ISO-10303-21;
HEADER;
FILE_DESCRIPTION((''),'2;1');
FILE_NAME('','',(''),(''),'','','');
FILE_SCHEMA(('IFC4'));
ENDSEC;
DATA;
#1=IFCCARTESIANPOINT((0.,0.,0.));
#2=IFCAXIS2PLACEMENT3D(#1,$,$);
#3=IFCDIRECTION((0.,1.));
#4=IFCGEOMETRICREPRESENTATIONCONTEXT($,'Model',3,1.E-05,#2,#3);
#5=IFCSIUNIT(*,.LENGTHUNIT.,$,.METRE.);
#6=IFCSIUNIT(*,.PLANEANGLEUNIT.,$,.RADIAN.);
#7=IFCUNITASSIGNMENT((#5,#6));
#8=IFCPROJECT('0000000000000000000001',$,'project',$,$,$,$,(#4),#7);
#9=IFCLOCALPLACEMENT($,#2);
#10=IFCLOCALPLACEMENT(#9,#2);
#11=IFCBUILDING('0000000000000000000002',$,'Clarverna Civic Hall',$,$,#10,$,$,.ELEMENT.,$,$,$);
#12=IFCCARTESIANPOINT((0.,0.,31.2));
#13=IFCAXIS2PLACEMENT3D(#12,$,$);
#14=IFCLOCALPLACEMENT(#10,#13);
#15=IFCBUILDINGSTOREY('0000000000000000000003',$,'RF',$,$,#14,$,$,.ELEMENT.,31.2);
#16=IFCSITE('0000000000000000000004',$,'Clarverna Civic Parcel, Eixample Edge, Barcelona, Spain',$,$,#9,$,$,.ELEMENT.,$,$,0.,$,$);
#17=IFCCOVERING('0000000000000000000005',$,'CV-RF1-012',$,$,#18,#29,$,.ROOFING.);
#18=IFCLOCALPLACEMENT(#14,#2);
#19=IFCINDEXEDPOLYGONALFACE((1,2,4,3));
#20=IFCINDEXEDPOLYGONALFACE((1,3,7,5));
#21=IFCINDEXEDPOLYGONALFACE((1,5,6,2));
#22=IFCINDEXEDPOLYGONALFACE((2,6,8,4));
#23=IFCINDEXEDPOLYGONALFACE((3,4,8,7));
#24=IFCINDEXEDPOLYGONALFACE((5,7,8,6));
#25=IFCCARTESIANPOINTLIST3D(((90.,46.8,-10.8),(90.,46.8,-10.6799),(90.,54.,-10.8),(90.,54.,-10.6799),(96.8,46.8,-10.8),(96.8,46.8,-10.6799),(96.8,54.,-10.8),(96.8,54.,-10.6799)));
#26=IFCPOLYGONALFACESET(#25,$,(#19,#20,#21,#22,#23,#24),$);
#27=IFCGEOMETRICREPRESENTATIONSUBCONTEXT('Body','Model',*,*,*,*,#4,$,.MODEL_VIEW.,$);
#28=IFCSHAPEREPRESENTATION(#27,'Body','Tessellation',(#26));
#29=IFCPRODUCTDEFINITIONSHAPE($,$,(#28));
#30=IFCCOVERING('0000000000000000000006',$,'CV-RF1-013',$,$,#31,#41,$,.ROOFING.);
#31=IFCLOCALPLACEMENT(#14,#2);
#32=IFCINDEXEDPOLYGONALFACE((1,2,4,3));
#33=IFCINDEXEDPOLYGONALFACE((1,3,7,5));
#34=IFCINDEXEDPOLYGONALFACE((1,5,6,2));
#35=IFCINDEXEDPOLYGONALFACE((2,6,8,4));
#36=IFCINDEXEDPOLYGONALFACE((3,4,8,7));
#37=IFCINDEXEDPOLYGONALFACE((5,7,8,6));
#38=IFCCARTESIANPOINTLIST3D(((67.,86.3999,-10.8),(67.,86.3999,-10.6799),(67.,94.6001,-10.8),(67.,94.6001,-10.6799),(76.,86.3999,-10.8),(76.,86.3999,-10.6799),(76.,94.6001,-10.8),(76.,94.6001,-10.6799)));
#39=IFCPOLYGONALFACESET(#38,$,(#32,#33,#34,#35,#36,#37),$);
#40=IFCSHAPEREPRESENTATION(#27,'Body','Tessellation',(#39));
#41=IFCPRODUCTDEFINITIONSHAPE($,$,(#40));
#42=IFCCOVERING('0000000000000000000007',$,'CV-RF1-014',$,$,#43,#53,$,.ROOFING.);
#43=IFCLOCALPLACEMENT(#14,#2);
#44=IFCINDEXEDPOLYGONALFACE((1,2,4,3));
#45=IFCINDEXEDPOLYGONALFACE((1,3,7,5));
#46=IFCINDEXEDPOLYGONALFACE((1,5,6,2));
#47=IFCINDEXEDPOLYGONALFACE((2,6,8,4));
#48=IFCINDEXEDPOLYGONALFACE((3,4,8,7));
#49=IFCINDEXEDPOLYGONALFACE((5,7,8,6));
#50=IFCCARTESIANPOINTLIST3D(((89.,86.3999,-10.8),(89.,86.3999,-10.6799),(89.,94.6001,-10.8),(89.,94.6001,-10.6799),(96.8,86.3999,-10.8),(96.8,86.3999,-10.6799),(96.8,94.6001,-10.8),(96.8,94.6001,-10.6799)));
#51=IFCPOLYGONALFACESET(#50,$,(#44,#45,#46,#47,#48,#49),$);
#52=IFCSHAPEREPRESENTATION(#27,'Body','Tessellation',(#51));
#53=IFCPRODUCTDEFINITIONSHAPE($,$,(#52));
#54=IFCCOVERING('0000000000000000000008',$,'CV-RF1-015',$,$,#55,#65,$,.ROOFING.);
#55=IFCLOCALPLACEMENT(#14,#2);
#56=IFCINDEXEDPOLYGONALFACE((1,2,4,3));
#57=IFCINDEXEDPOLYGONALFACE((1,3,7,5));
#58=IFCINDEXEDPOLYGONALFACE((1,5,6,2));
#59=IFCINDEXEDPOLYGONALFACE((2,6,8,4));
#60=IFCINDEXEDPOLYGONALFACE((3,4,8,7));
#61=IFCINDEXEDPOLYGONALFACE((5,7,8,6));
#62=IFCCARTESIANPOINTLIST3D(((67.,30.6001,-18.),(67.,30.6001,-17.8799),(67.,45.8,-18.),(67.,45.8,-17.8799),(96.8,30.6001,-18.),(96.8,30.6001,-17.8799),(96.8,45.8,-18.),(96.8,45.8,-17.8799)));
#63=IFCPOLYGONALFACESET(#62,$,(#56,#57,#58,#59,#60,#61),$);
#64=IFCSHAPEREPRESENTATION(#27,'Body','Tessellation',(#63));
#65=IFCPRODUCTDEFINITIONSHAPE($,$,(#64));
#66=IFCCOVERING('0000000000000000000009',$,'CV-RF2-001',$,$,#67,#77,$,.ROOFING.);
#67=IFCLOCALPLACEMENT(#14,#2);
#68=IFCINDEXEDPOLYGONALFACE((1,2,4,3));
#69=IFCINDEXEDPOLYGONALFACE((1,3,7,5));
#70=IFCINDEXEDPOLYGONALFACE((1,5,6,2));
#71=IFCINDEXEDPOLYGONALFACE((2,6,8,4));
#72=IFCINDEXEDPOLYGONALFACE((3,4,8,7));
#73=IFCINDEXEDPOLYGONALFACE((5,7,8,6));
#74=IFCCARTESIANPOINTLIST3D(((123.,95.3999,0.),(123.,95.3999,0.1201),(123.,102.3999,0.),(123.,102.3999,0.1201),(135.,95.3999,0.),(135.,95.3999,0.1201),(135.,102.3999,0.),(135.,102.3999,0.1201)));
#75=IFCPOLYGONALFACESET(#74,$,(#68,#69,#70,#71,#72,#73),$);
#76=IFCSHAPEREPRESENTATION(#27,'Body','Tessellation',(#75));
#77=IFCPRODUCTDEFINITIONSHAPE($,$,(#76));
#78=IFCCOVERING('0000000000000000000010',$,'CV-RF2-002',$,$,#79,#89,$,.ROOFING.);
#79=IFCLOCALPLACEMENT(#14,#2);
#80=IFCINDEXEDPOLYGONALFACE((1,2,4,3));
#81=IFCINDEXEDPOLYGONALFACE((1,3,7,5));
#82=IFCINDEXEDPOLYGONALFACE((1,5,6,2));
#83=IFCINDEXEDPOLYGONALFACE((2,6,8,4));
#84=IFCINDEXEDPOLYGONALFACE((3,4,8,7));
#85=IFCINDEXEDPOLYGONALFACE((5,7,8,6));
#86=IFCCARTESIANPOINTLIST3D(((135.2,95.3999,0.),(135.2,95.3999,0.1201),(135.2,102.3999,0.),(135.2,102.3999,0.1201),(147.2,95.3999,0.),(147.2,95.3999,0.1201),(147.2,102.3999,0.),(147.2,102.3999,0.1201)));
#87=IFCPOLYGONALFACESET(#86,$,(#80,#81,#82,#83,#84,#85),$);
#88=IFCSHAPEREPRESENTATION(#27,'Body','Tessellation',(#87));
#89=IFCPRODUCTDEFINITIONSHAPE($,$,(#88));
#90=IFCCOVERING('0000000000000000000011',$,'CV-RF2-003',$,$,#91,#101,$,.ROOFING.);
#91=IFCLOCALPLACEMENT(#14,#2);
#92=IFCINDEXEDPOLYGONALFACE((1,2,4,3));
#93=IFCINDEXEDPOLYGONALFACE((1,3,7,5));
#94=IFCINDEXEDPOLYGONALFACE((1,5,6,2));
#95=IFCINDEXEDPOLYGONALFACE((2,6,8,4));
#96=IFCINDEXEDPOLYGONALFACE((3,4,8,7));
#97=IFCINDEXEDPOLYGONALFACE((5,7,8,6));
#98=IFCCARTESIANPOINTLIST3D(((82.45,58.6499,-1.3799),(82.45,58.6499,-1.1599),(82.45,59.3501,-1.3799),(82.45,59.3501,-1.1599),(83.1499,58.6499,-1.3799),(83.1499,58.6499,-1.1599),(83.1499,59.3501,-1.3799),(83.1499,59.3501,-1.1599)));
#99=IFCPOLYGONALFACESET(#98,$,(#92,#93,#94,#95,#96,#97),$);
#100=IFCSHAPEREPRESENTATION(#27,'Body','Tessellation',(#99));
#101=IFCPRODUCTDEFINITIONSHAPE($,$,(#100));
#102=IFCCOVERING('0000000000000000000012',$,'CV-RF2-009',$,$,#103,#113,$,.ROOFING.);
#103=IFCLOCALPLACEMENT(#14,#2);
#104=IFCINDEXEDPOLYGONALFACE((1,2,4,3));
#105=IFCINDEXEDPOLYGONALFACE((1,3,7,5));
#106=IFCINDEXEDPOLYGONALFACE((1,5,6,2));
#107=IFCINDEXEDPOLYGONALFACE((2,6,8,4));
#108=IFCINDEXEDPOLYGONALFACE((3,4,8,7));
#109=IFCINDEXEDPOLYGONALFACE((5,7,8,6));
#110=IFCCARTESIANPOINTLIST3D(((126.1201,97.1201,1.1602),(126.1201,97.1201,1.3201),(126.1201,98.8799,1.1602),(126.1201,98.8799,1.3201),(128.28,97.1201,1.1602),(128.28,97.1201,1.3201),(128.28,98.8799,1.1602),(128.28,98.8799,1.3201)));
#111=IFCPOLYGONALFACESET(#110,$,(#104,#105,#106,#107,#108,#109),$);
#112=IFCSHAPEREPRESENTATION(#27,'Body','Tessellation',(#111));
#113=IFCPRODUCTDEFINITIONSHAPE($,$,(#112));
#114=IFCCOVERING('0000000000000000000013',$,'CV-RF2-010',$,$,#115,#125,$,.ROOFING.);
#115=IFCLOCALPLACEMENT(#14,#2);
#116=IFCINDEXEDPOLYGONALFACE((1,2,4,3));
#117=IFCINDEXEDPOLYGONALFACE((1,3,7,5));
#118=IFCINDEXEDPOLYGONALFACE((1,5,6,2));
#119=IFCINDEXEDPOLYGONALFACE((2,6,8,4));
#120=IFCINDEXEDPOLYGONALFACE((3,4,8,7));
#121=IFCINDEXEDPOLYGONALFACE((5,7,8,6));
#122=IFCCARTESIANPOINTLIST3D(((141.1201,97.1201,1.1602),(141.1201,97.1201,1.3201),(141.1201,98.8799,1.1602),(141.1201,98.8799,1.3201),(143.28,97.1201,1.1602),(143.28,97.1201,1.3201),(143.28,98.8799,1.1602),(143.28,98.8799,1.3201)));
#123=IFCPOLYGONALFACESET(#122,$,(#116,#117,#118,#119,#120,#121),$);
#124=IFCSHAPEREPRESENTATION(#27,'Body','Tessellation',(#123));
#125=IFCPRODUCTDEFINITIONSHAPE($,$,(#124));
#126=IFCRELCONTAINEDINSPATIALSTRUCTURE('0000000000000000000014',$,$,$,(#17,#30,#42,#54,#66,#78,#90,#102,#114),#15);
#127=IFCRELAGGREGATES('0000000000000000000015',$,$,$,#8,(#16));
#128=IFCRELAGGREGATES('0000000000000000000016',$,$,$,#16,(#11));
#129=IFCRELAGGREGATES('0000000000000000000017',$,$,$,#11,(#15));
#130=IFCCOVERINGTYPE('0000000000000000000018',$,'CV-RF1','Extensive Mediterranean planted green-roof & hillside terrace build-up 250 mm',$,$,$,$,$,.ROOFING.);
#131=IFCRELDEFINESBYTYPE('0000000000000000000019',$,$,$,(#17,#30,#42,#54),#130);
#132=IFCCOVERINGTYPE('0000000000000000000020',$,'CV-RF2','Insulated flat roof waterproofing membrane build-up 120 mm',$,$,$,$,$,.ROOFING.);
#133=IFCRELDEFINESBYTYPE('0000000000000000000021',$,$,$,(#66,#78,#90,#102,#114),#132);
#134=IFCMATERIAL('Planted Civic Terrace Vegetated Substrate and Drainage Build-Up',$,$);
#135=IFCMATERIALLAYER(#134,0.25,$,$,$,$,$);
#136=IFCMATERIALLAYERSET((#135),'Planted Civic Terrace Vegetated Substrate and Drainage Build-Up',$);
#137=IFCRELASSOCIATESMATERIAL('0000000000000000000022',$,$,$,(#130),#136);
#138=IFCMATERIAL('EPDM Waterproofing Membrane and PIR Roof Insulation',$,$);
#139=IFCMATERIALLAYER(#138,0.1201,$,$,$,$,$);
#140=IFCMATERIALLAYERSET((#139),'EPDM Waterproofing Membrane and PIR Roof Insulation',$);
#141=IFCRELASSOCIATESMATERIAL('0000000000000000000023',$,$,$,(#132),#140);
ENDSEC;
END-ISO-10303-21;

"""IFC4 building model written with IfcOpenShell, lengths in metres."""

from ifc_helpers import new_model, si_unit, direction, frame, origin, place, context, subcontext, project, spatial, polyline, outline, extrude, material, layer, layer_set, type_object, element, save


model = new_model("IFC4")

# Units and contexts
model_context = context("Model", 3, precision=1e-05, world=origin(), true_north=direction((0.0, 1.0)))
body_context = subcontext(model_context, "Body", "Model", "MODEL_VIEW")
ifc_project = project(units=[si_unit("LENGTHUNIT", "METRE"), si_unit("PLANEANGLEUNIT", "RADIAN")], contexts=[model_context])

# Site, building, storey
site_placement = place(None, origin())
site = spatial("IfcSite", under=ifc_project, at=site_placement, Name="Clarverna Civic Parcel, Eixample Edge, Barcelona, Spain", CompositionType="ELEMENT", RefElevation=0.0)
building_placement = place(site_placement, origin())
building = spatial("IfcBuilding", under=site, at=building_placement, Name="Clarverna Civic Hall", CompositionType="ELEMENT")
storey_placement = place(building_placement, frame((0.0, 0.0, 31.2)))
storey = spatial("IfcBuildingStorey", under=building, at=storey_placement, Name="RF", CompositionType="ELEMENT", Elevation=31.2)

# Coverings
ifc_material_1 = material(Name="Planted Civic Terrace Vegetated Substrate and Drainage Build-Up")
ifc_layer_1 = layer(ifc_material_1, 0.25)
ifc_layer_set_1 = layer_set([ifc_layer_1], Name="Planted Civic Terrace Vegetated Substrate and Drainage Build-Up")
covering_type_1 = type_object("IfcCoveringType", Name="CV-RF1", Description="Extensive Mediterranean planted green-roof & hillside terrace build-up 250 mm", PredefinedType="ROOFING", material=ifc_layer_set_1)
covering_1_placement = place(storey_placement, frame((0.0, 0.0, -10.8)))
element("IfcCovering", 1, at=covering_1_placement, inside=storey, type_object=covering_type_1, Name="CV-RF1-012", PredefinedType="ROOFING", context=body_context, shape_type="SweptSolid", body=[
    extrude(outline(polyline([(90.0, 46.8), (96.8, 46.8), (96.8, 54.0), (90.0, 54.0), (90.0, 46.8)])), origin(), (0.0, 0.0, 1.0), 0.1201),
])
covering_2_placement = place(storey_placement, frame((0.0, 0.0, -10.8)))
element("IfcCovering", 2, at=covering_2_placement, inside=storey, type_object=covering_type_1, Name="CV-RF1-013", PredefinedType="ROOFING", context=body_context, shape_type="SweptSolid", body=[
    extrude(outline(polyline([(67.0, 86.3999), (76.0, 86.3999), (76.0, 94.6001), (67.0, 94.6001), (67.0, 86.3999)])), origin(), (0.0, 0.0, 1.0), 0.1201),
])
covering_3_placement = place(storey_placement, frame((0.0, 0.0, -10.8)))
element("IfcCovering", 3, at=covering_3_placement, inside=storey, type_object=covering_type_1, Name="CV-RF1-014", PredefinedType="ROOFING", context=body_context, shape_type="SweptSolid", body=[
    extrude(outline(polyline([(89.0, 86.3999), (96.8, 86.3999), (96.8, 94.6001), (89.0, 94.6001), (89.0, 86.3999)])), origin(), (0.0, 0.0, 1.0), 0.1201),
])
covering_4_placement = place(storey_placement, frame((0.0, 0.0, -18.0)))
element("IfcCovering", 4, at=covering_4_placement, inside=storey, type_object=covering_type_1, Name="CV-RF1-015", PredefinedType="ROOFING", context=body_context, shape_type="SweptSolid", body=[
    extrude(outline(polyline([(67.0, 30.6001), (96.8, 30.6001), (96.8, 45.8), (67.0, 45.8), (67.0, 30.6001)])), origin(), (0.0, 0.0, 1.0), 0.1201),
])
ifc_material_2 = material(Name="EPDM Waterproofing Membrane and PIR Roof Insulation")
ifc_layer_2 = layer(ifc_material_2, 0.1201)
ifc_layer_set_2 = layer_set([ifc_layer_2], Name="EPDM Waterproofing Membrane and PIR Roof Insulation")
covering_type_2 = type_object("IfcCoveringType", Name="CV-RF2", Description="Insulated flat roof waterproofing membrane build-up 120 mm", PredefinedType="ROOFING", material=ifc_layer_set_2)
covering_5_placement = place(storey_placement, origin())
element("IfcCovering", 5, at=covering_5_placement, inside=storey, type_object=covering_type_2, Name="CV-RF2-001", PredefinedType="ROOFING", context=body_context, shape_type="SweptSolid", body=[
    extrude(outline(polyline([(123.0, 95.3999), (135.0, 95.3999), (135.0, 102.3999), (123.0, 102.3999), (123.0, 95.3999)])), origin(), (0.0, 0.0, 1.0), 0.1201),
])
covering_6_placement = place(storey_placement, origin())
element("IfcCovering", 6, at=covering_6_placement, inside=storey, type_object=covering_type_2, Name="CV-RF2-002", PredefinedType="ROOFING", context=body_context, shape_type="SweptSolid", body=[
    extrude(outline(polyline([(135.2, 95.3999), (147.2, 95.3999), (147.2, 102.3999), (135.2, 102.3999), (135.2, 95.3999)])), origin(), (0.0, 0.0, 1.0), 0.1201),
])
covering_7_placement = place(storey_placement, frame((0.0, 0.0, -1.3799)))
element("IfcCovering", 7, at=covering_7_placement, inside=storey, type_object=covering_type_2, Name="CV-RF2-003", PredefinedType="ROOFING", context=body_context, shape_type="SweptSolid", body=[
    extrude(outline(polyline([(82.45, 58.6499), (83.1499, 58.6499), (83.1499, 59.3501), (82.45, 59.3501), (82.45, 58.6499)])), origin(), (0.0, 0.0, 1.0), 0.22),
])
covering_8_placement = place(storey_placement, frame((0.0, 0.0, 1.1602)))
element("IfcCovering", 8, at=covering_8_placement, inside=storey, type_object=covering_type_2, Name="CV-RF2-009", PredefinedType="ROOFING", context=body_context, shape_type="SweptSolid", body=[
    extrude(outline(polyline([(126.1201, 97.1201), (128.28, 97.1201), (128.28, 98.8799), (126.1201, 98.8799), (126.1201, 97.1201)])), origin(), (0.0, 0.0, 1.0), 0.1599),
])
covering_9_placement = place(storey_placement, frame((0.0, 0.0, 1.1602)))
element("IfcCovering", 9, at=covering_9_placement, inside=storey, type_object=covering_type_2, Name="CV-RF2-010", PredefinedType="ROOFING", context=body_context, shape_type="SweptSolid", body=[
    extrude(outline(polyline([(141.1201, 97.1201), (143.28, 97.1201), (143.28, 98.8799), (141.1201, 98.8799), (141.1201, 97.1201)])), origin(), (0.0, 0.0, 1.0), 0.1599),
])

save(model, "model.ifc")
